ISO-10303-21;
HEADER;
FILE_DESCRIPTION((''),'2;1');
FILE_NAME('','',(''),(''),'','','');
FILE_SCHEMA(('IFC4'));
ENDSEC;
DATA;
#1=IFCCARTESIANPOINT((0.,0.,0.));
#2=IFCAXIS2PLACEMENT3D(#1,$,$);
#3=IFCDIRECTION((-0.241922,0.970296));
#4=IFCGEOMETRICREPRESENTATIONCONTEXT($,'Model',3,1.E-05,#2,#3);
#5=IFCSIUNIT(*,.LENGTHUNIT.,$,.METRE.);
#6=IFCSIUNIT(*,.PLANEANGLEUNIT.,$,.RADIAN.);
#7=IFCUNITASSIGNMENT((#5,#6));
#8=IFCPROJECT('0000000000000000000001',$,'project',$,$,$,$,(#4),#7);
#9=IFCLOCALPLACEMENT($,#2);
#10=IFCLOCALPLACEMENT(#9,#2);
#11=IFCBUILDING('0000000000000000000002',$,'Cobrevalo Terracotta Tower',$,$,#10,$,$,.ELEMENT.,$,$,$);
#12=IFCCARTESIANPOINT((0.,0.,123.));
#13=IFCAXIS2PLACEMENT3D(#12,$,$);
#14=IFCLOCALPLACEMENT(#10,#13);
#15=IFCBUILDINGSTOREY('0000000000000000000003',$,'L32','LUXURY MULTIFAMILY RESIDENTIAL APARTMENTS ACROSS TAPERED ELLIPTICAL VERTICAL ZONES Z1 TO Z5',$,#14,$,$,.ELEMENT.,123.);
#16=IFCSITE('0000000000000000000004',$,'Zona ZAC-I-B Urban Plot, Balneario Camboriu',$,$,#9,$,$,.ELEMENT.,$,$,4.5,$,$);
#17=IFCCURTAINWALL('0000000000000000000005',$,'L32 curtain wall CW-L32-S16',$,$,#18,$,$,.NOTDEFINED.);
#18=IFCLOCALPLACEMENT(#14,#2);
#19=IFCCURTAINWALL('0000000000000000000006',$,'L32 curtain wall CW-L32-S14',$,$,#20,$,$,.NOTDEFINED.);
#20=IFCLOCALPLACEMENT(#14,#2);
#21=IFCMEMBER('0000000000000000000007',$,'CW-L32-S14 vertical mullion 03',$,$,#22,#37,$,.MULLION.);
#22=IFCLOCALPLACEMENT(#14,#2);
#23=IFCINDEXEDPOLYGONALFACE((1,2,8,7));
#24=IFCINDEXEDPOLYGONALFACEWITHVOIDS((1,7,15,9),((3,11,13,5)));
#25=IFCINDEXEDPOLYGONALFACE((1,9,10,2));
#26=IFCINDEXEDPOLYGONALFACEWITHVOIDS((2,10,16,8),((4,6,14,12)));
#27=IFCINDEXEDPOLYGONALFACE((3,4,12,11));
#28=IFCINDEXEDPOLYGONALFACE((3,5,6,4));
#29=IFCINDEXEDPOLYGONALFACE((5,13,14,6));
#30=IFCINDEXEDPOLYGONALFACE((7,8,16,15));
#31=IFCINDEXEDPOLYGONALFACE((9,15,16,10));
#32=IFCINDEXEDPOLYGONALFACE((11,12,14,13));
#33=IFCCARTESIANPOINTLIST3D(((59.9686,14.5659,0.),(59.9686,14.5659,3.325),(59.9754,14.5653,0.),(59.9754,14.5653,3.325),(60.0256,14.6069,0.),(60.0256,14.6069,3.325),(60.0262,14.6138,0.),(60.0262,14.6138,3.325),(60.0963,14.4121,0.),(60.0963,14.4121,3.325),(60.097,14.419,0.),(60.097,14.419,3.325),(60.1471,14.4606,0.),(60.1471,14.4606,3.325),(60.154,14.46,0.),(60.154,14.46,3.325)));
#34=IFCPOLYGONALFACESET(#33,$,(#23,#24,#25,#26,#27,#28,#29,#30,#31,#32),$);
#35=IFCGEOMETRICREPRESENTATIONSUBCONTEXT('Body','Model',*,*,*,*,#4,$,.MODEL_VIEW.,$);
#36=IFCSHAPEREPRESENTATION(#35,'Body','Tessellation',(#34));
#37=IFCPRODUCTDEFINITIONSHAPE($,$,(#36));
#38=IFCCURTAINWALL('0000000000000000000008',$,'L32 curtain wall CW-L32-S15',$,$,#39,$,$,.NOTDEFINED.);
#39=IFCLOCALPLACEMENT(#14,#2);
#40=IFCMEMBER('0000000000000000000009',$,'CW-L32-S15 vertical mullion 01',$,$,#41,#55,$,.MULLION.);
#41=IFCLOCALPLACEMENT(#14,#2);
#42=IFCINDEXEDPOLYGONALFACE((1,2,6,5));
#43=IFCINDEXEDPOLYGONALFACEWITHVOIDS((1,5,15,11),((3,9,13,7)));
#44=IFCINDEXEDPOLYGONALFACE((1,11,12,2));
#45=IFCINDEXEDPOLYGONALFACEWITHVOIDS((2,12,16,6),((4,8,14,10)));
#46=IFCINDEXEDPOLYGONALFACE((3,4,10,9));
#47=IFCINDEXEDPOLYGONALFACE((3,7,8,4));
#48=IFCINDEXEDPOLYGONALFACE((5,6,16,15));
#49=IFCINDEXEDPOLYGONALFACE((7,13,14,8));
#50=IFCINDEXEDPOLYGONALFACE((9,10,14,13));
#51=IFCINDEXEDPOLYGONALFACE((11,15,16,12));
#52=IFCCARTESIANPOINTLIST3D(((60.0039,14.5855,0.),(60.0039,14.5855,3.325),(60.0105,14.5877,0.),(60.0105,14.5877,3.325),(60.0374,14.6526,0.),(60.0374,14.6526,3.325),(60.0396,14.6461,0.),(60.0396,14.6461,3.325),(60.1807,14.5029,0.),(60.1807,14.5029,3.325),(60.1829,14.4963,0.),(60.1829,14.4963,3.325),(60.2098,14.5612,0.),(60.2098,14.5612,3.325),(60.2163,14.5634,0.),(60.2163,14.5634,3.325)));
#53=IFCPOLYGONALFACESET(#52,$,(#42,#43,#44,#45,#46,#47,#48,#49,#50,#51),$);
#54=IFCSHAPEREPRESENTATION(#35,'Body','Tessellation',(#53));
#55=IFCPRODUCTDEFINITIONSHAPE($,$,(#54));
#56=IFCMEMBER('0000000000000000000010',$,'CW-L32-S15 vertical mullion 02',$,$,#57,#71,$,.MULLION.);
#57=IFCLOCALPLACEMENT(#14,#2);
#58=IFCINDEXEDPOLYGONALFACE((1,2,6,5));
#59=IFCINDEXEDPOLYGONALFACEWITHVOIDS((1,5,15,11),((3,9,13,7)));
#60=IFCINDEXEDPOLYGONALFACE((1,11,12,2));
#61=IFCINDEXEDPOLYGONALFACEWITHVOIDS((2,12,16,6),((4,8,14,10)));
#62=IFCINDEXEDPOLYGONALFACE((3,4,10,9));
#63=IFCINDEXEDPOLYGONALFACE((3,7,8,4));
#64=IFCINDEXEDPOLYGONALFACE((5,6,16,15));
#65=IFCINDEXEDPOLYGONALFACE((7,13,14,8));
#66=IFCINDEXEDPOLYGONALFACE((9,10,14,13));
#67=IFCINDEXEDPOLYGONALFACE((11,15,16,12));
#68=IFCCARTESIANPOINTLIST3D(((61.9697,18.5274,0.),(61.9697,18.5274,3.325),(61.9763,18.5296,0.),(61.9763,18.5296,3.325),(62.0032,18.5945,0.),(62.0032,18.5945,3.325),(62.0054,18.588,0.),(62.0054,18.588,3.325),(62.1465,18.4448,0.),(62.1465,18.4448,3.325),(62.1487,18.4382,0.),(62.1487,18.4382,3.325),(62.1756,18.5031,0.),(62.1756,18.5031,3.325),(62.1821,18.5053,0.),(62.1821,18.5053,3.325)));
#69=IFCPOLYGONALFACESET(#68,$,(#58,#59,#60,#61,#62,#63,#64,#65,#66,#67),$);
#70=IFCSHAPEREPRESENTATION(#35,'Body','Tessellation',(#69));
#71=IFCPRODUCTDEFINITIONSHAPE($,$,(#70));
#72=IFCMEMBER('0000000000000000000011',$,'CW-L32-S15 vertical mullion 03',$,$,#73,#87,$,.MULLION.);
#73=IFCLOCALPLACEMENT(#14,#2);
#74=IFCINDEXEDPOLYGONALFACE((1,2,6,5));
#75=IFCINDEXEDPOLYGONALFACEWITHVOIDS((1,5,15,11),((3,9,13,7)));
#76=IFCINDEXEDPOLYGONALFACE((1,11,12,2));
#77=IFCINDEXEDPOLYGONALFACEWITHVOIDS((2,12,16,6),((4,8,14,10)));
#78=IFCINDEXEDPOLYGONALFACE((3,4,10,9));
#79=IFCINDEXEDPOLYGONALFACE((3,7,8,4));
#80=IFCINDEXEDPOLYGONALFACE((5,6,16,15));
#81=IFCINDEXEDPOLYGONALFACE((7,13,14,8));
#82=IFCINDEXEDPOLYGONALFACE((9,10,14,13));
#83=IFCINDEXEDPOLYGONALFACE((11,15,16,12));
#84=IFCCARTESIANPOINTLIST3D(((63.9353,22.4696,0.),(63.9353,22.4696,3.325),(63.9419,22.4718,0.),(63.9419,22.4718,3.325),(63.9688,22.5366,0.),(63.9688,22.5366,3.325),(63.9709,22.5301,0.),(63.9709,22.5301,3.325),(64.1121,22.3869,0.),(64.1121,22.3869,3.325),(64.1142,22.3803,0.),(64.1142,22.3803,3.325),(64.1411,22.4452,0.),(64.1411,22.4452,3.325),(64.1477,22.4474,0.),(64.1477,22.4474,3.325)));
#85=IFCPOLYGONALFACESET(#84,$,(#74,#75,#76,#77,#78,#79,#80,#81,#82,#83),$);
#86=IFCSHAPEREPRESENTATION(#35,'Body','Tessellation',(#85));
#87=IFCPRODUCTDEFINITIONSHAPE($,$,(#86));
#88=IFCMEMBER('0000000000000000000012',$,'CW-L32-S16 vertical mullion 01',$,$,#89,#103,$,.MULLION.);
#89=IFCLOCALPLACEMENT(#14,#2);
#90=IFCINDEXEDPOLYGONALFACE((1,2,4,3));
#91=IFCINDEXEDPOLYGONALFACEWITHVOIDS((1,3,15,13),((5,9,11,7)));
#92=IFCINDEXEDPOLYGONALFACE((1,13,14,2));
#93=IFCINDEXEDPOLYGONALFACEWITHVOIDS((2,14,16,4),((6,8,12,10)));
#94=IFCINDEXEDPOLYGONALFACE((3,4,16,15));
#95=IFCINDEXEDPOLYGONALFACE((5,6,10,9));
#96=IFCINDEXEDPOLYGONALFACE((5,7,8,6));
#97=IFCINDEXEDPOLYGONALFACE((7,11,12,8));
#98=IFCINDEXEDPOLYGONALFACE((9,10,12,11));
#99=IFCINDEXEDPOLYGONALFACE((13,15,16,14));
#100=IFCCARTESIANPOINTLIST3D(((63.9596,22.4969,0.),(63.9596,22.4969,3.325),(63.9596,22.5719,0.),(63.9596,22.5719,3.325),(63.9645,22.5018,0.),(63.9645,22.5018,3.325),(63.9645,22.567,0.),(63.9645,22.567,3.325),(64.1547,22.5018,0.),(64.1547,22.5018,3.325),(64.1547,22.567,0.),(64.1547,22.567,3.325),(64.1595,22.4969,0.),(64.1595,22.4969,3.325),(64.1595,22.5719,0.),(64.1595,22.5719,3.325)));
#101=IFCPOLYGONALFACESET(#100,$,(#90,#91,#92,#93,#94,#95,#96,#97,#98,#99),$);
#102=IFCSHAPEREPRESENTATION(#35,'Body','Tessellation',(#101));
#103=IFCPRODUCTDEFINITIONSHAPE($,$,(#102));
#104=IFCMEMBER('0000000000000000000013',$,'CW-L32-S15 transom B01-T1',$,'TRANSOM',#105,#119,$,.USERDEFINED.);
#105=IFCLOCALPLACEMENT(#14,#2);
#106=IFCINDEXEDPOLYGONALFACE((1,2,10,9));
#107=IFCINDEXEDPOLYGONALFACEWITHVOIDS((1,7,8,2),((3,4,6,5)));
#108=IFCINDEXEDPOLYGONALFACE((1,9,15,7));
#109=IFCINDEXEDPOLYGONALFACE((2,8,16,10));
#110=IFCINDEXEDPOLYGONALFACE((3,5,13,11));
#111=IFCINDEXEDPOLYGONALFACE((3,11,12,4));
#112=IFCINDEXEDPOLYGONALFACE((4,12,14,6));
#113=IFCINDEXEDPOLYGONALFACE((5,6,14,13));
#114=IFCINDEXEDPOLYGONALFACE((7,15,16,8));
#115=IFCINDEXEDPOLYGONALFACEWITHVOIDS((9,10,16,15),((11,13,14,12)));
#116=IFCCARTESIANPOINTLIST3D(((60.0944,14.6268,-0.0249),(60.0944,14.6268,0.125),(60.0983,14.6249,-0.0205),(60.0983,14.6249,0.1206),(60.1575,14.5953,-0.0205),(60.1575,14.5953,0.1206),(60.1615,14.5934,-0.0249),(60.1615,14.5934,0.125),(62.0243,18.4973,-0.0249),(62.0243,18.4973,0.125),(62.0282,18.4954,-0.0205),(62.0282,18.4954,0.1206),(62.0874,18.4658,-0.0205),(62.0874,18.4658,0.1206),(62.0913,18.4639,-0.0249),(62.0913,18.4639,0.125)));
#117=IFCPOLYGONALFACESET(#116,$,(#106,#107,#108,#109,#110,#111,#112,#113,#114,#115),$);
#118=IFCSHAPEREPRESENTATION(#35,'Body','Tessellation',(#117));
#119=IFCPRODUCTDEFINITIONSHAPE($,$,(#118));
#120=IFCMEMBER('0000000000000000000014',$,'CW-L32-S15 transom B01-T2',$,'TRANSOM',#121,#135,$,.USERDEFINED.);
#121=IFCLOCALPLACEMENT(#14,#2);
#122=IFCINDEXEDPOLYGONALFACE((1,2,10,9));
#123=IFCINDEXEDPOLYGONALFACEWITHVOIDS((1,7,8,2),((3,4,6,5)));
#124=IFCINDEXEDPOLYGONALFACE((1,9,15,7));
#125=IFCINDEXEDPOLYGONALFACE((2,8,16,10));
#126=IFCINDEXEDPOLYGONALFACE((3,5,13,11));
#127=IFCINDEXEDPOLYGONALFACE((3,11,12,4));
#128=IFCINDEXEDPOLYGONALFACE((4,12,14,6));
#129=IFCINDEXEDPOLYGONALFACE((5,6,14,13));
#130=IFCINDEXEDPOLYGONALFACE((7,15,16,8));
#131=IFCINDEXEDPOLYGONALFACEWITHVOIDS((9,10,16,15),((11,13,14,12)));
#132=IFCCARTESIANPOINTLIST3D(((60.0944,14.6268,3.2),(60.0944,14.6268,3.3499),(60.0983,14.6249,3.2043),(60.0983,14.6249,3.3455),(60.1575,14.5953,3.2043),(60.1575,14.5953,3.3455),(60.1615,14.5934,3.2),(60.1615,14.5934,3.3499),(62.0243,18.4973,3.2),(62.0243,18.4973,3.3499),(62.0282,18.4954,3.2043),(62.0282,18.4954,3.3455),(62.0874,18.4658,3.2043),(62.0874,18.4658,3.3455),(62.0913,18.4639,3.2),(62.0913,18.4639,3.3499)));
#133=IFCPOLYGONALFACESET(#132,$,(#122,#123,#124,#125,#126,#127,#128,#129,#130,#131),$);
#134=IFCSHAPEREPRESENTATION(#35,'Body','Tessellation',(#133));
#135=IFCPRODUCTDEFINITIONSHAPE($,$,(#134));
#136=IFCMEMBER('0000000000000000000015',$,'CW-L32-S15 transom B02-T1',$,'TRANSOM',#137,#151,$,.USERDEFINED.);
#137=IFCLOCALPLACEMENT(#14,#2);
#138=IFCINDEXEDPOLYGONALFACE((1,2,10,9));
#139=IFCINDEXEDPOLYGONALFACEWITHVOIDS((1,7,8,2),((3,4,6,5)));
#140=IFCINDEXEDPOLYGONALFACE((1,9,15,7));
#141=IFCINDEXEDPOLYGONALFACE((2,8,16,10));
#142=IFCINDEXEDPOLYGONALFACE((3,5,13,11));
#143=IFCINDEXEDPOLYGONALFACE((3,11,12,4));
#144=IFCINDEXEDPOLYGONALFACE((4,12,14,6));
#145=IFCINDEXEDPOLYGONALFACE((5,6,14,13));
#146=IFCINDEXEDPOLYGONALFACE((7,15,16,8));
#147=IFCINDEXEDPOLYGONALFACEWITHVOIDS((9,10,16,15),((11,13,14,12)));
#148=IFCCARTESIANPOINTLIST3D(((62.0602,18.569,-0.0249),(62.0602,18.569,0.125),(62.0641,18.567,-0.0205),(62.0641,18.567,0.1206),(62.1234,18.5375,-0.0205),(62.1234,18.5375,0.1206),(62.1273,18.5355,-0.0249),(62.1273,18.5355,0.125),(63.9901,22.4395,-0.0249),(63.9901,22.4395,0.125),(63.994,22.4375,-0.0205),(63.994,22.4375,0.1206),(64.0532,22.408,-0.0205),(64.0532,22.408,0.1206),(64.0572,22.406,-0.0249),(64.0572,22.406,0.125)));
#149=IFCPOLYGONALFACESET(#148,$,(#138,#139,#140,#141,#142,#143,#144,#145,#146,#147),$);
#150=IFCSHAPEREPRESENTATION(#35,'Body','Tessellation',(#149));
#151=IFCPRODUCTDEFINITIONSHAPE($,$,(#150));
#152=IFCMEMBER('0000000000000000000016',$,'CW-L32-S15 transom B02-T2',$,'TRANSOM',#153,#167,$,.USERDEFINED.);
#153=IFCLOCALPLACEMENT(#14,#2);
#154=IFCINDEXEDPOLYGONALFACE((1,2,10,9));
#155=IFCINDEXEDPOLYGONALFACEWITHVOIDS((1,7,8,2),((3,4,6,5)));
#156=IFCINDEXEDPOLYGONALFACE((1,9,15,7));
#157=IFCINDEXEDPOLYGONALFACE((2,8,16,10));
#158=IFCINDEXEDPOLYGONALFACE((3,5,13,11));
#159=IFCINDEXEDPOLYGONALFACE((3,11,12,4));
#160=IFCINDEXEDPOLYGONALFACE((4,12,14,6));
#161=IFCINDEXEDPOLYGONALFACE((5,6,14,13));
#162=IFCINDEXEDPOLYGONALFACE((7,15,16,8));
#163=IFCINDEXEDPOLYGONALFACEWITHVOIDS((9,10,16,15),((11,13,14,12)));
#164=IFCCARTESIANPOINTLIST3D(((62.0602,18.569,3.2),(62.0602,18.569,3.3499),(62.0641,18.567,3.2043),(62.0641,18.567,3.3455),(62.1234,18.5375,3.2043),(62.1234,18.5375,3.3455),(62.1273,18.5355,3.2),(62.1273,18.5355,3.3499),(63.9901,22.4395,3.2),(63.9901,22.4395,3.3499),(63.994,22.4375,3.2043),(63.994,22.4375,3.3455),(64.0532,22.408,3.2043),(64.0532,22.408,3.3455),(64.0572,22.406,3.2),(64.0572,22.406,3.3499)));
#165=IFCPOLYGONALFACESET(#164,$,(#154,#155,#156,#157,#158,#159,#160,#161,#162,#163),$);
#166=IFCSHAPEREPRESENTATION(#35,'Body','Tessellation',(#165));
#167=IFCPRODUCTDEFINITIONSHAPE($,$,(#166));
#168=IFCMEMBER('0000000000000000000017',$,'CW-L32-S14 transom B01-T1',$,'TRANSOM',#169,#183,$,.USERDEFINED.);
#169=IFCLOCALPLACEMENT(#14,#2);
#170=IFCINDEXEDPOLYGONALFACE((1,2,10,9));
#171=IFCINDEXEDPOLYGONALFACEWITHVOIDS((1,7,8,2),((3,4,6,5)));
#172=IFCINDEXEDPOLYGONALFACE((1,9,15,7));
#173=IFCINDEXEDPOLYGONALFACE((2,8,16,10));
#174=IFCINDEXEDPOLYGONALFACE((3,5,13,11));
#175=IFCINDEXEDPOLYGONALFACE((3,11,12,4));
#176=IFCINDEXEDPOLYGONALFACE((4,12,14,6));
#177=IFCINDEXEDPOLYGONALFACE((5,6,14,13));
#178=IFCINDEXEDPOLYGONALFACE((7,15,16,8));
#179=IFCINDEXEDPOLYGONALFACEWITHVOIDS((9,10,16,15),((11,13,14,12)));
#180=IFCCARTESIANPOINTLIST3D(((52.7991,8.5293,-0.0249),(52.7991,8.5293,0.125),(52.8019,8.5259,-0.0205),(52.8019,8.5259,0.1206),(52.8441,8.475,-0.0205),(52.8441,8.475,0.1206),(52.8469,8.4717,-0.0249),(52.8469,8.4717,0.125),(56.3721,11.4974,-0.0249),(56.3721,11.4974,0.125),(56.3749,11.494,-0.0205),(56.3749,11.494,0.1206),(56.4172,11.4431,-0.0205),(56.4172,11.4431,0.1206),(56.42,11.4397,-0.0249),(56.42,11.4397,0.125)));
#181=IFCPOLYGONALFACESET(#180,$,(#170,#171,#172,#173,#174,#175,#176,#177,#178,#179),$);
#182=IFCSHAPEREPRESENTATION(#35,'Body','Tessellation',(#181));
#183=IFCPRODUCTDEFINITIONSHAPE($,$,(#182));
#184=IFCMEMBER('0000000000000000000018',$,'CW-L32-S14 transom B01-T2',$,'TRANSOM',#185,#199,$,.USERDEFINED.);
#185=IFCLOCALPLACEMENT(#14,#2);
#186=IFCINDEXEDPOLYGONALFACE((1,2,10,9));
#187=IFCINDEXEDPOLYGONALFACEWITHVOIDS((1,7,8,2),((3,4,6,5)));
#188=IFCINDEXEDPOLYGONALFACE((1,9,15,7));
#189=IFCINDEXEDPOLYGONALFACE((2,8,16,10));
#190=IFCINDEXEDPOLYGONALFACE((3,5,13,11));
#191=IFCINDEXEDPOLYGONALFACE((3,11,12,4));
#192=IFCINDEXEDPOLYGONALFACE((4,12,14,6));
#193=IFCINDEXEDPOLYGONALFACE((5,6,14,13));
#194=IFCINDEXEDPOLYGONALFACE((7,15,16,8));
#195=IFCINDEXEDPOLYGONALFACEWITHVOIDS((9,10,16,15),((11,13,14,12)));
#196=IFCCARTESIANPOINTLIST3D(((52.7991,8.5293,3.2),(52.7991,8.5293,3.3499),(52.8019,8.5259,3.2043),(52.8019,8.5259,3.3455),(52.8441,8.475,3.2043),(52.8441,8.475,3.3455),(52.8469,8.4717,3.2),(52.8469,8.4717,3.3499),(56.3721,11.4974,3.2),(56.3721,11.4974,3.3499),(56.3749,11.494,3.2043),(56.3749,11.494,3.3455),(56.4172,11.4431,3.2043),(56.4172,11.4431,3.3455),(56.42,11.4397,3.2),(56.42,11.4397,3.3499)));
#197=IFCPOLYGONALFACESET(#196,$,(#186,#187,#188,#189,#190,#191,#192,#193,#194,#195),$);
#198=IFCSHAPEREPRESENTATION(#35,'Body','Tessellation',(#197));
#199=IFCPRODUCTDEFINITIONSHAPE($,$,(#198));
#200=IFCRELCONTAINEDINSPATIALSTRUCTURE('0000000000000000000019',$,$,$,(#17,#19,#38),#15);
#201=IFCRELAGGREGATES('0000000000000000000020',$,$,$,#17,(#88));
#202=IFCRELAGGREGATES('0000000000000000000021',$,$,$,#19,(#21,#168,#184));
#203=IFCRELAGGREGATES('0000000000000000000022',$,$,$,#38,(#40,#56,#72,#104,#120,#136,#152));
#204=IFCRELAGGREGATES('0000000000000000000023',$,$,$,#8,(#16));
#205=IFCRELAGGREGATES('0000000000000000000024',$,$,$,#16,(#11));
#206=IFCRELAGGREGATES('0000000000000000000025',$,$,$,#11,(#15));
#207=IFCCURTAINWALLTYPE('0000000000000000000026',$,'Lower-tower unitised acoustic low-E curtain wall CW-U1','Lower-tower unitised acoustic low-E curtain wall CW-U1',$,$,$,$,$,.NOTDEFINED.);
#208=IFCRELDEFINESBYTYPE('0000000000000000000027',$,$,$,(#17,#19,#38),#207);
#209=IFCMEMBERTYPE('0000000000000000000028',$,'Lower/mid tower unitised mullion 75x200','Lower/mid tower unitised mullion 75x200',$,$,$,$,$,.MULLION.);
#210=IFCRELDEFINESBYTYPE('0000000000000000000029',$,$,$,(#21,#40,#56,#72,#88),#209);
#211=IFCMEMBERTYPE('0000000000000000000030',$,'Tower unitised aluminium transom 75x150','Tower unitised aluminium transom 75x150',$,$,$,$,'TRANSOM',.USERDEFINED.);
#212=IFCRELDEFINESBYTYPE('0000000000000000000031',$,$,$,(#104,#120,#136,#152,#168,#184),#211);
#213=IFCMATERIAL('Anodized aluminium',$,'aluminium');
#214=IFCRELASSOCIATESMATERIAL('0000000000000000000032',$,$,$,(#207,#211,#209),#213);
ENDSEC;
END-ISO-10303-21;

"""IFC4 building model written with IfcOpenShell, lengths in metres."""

from ifc_helpers import new_model, si_unit, direction, frame, origin, origin_2d, place, context, subcontext, project, spatial, hollow_rectangle, extrude, source, transform, mapped, material, material_profile, profile_set, type_object, element, aggregate, save


model = new_model("IFC4")

# Units and contexts
model_context = context("Model", 3, precision=1e-05, world=origin(), true_north=direction((-0.241922, 0.970296)))
body_context = subcontext(model_context, "Body", "Model", "MODEL_VIEW")
ifc_project = project(units=[si_unit("LENGTHUNIT", "METRE"), si_unit("PLANEANGLEUNIT", "RADIAN")], contexts=[model_context])

# Site, building, storey
site_placement = place(None, origin())
site = spatial("IfcSite", under=ifc_project, at=site_placement, Name="Zona ZAC-I-B Urban Plot, Balneario Camboriu", CompositionType="ELEMENT", RefElevation=4.5)
building_placement = place(site_placement, origin())
building = spatial("IfcBuilding", under=site, at=building_placement, Name="Cobrevalo Terracotta Tower", CompositionType="ELEMENT")
storey_placement = place(building_placement, frame((0.0, 0.0, 123.0)))
storey = spatial("IfcBuildingStorey", under=building, at=storey_placement, Name="L32", Description="LUXURY MULTIFAMILY RESIDENTIAL APARTMENTS ACROSS TAPERED ELLIPTICAL VERTICAL ZONES Z1 TO Z5", CompositionType="ELEMENT", Elevation=123.0)

# Curtain walls, members
ifc_material_1 = material(Name="Anodized aluminium", Category="aluminium")
curtain_wall_type = type_object("IfcCurtainWallType", Name="Lower-tower unitised acoustic low-E curtain wall CW-U1", Description="Lower-tower unitised acoustic low-E curtain wall CW-U1", PredefinedType="NOTDEFINED", material=ifc_material_1)
curtain_wall_1_placement = place(storey_placement, origin())
curtain_wall_1 = element("IfcCurtainWall", 1, at=curtain_wall_1_placement, inside=storey, type_object=curtain_wall_type, Name="L32 curtain wall CW-L32-S16", PredefinedType="NOTDEFINED")
ifc_material_profile_1 = material_profile(ifc_material_1, hollow_rectangle(XDim=0.075, YDim=0.1499, WallThickness=0.0044, at=origin_2d()), Name="CWT 75x150")
ifc_profile_set_1 = profile_set([ifc_material_profile_1], Name="Anodized aluminium")
member_type_1 = type_object("IfcMemberType", Name="Tower unitised aluminium transom 75x150", Description="Tower unitised aluminium transom 75x150", ElementType="TRANSOM", PredefinedType="USERDEFINED", material=ifc_profile_set_1)
curtain_wall_2_placement = place(storey_placement, origin())
curtain_wall_2 = element("IfcCurtainWall", 2, at=curtain_wall_2_placement, inside=storey, type_object=curtain_wall_type, Name="L32 curtain wall CW-L32-S14", PredefinedType="NOTDEFINED")
ifc_material_profile_2 = material_profile(ifc_material_1, hollow_rectangle(XDim=0.075, YDim=0.2, WallThickness=0.0049, at=origin_2d()), Name="CWM 75x200")
ifc_profile_set_2 = profile_set([ifc_material_profile_2], Name="Anodized aluminium")
member_type_2 = type_object("IfcMemberType", Name="Lower/mid tower unitised mullion 75x200", Description="Lower/mid tower unitised mullion 75x200", PredefinedType="MULLION", material=ifc_profile_set_2)
shared_shape_1 = source(origin(), body_context, "Body", "SweptSolid", [
    extrude(hollow_rectangle(XDim=0.075, YDim=0.2, WallThickness=0.0049, at=origin_2d()), origin(), (0.0, 0.0, 1.0), 3.325),
])
member_1_placement = place(storey_placement, frame((60.0613, 14.5129, 0.0), z_axis=(0.0, 0.0, 1.0), x_axis=(0.769243, 0.638956, 0.0)))
member_1 = element("IfcMember", 3, at=member_1_placement, type_object=member_type_2, Name="CW-L32-S14 vertical mullion 03", PredefinedType="MULLION", context=body_context, shape_type="MappedRepresentation", body=[
    mapped(shared_shape_1, transform((0.0, 0.0, 0.0), scale=1.0)),
])
curtain_wall_3_placement = place(storey_placement, origin())
curtain_wall_3 = element("IfcCurtainWall", 4, at=curtain_wall_3_placement, inside=storey, type_object=curtain_wall_type, Name="L32 curtain wall CW-L32-S15", PredefinedType="NOTDEFINED")
member_2_placement = place(storey_placement, frame((60.1101, 14.5745, 0.0), z_axis=(0.0, 0.0, 1.0), x_axis=(0.44626, 0.894903, 0.0)))
member_2 = element("IfcMember", 5, at=member_2_placement, type_object=member_type_2, Name="CW-L32-S15 vertical mullion 01", PredefinedType="MULLION", context=body_context, shape_type="MappedRepresentation", body=[
    mapped(shared_shape_1, transform((0.0, 0.0, 0.0), scale=1.0)),
])
member_3_placement = place(storey_placement, frame((62.0759, 18.5164, 0.0), z_axis=(0.0, 0.0, 1.0), x_axis=(0.44626, 0.894903, 0.0)))
member_3 = element("IfcMember", 6, at=member_3_placement, type_object=member_type_2, Name="CW-L32-S15 vertical mullion 02", PredefinedType="MULLION", context=body_context, shape_type="MappedRepresentation", body=[
    mapped(shared_shape_1, transform((0.0, 0.0, 0.0), scale=1.0)),
])
member_4_placement = place(storey_placement, frame((64.0415, 22.4585, 0.0), z_axis=(0.0, 0.0, 1.0), x_axis=(0.44626, 0.894903, 0.0)))
member_4 = element("IfcMember", 7, at=member_4_placement, type_object=member_type_2, Name="CW-L32-S15 vertical mullion 03", PredefinedType="MULLION", context=body_context, shape_type="MappedRepresentation", body=[
    mapped(shared_shape_1, transform((0.0, 0.0, 0.0), scale=1.0)),
])

# Members
member_5_placement = place(storey_placement, frame((64.0596, 22.5344, 0.0), z_axis=(0.0, 0.0, 1.0), x_axis=(0.0, 1.0, 0.0)))
member_5 = element("IfcMember", 8, at=member_5_placement, type_object=member_type_2, Name="CW-L32-S16 vertical mullion 01", PredefinedType="MULLION", context=body_context, shape_type="MappedRepresentation", body=[
    mapped(shared_shape_1, transform((0.0, 0.0, 0.0), scale=1.0)),
])
aggregate(curtain_wall_1, [member_5])
shared_shape_2 = source(origin(), body_context, "Body", "SweptSolid", [
    extrude(hollow_rectangle(XDim=0.075, YDim=0.1499, WallThickness=0.0044, at=origin_2d()), origin(), (0.0, 0.0, 1.0), 4.325),
])
member_6_placement = place(storey_placement, frame((60.1279, 14.6101, 0.05), z_axis=(0.44622, 0.894923, 0.0), x_axis=(-0.894923, 0.44622, 0.0)))
member_6 = element("IfcMember", 9, at=member_6_placement, type_object=member_type_1, Name="CW-L32-S15 transom B01-T1", ObjectType="TRANSOM", PredefinedType="USERDEFINED", context=body_context, shape_type="MappedRepresentation", body=[
    mapped(shared_shape_2, transform((0.0, 0.0, 0.0), scale=1.0)),
])
member_7_placement = place(storey_placement, frame((60.1279, 14.6101, 3.2749), z_axis=(0.44622, 0.894923, 0.0), x_axis=(-0.894923, 0.44622, 0.0)))
member_7 = element("IfcMember", 10, at=member_7_placement, type_object=member_type_1, Name="CW-L32-S15 transom B01-T2", ObjectType="TRANSOM", PredefinedType="USERDEFINED", context=body_context, shape_type="MappedRepresentation", body=[
    mapped(shared_shape_2, transform((0.0, 0.0, 0.0), scale=1.0)),
])
member_8_placement = place(storey_placement, frame((62.0938, 18.5522, 0.05), z_axis=(0.44622, 0.894923, 0.0), x_axis=(-0.894923, 0.44622, 0.0)))
member_8 = element("IfcMember", 11, at=member_8_placement, type_object=member_type_1, Name="CW-L32-S15 transom B02-T1", ObjectType="TRANSOM", PredefinedType="USERDEFINED", context=body_context, shape_type="MappedRepresentation", body=[
    mapped(shared_shape_2, transform((0.0, 0.0, 0.0), scale=1.0)),
])
member_9_placement = place(storey_placement, frame((62.0938, 18.5522, 3.2749), z_axis=(0.44622, 0.894923, 0.0), x_axis=(-0.894923, 0.44622, 0.0)))
member_9 = element("IfcMember", 12, at=member_9_placement, type_object=member_type_1, Name="CW-L32-S15 transom B02-T2", ObjectType="TRANSOM", PredefinedType="USERDEFINED", context=body_context, shape_type="MappedRepresentation", body=[
    mapped(shared_shape_2, transform((0.0, 0.0, 0.0), scale=1.0)),
])
shared_shape_3 = source(origin(), body_context, "Body", "SweptSolid", [
    extrude(hollow_rectangle(XDim=0.075, YDim=0.1499, WallThickness=0.0044, at=origin_2d()), origin(), (0.0, 0.0, 1.0), 4.645),
])
member_10_placement = place(storey_placement, frame((52.823, 8.5005, 0.05), z_axis=(0.769224, 0.638979, 0.0), x_axis=(-0.638979, 0.769224, 0.0)))
member_10 = element("IfcMember", 13, at=member_10_placement, type_object=member_type_1, Name="CW-L32-S14 transom B01-T1", ObjectType="TRANSOM", PredefinedType="USERDEFINED", context=body_context, shape_type="MappedRepresentation", body=[
    mapped(shared_shape_3, transform((0.0, 0.0, 0.0), scale=1.0)),
])
member_11_placement = place(storey_placement, frame((52.823, 8.5005, 3.2749), z_axis=(0.769224, 0.638979, 0.0), x_axis=(-0.638979, 0.769224, 0.0)))
member_11 = element("IfcMember", 14, at=member_11_placement, type_object=member_type_1, Name="CW-L32-S14 transom B01-T2", ObjectType="TRANSOM", PredefinedType="USERDEFINED", context=body_context, shape_type="MappedRepresentation", body=[
    mapped(shared_shape_3, transform((0.0, 0.0, 0.0), scale=1.0)),
])

aggregate(curtain_wall_2, [member_1, member_10, member_11])
aggregate(curtain_wall_3, [member_2, member_3, member_4, member_6, member_7, member_8, member_9])

save(model, "model.ifc")
